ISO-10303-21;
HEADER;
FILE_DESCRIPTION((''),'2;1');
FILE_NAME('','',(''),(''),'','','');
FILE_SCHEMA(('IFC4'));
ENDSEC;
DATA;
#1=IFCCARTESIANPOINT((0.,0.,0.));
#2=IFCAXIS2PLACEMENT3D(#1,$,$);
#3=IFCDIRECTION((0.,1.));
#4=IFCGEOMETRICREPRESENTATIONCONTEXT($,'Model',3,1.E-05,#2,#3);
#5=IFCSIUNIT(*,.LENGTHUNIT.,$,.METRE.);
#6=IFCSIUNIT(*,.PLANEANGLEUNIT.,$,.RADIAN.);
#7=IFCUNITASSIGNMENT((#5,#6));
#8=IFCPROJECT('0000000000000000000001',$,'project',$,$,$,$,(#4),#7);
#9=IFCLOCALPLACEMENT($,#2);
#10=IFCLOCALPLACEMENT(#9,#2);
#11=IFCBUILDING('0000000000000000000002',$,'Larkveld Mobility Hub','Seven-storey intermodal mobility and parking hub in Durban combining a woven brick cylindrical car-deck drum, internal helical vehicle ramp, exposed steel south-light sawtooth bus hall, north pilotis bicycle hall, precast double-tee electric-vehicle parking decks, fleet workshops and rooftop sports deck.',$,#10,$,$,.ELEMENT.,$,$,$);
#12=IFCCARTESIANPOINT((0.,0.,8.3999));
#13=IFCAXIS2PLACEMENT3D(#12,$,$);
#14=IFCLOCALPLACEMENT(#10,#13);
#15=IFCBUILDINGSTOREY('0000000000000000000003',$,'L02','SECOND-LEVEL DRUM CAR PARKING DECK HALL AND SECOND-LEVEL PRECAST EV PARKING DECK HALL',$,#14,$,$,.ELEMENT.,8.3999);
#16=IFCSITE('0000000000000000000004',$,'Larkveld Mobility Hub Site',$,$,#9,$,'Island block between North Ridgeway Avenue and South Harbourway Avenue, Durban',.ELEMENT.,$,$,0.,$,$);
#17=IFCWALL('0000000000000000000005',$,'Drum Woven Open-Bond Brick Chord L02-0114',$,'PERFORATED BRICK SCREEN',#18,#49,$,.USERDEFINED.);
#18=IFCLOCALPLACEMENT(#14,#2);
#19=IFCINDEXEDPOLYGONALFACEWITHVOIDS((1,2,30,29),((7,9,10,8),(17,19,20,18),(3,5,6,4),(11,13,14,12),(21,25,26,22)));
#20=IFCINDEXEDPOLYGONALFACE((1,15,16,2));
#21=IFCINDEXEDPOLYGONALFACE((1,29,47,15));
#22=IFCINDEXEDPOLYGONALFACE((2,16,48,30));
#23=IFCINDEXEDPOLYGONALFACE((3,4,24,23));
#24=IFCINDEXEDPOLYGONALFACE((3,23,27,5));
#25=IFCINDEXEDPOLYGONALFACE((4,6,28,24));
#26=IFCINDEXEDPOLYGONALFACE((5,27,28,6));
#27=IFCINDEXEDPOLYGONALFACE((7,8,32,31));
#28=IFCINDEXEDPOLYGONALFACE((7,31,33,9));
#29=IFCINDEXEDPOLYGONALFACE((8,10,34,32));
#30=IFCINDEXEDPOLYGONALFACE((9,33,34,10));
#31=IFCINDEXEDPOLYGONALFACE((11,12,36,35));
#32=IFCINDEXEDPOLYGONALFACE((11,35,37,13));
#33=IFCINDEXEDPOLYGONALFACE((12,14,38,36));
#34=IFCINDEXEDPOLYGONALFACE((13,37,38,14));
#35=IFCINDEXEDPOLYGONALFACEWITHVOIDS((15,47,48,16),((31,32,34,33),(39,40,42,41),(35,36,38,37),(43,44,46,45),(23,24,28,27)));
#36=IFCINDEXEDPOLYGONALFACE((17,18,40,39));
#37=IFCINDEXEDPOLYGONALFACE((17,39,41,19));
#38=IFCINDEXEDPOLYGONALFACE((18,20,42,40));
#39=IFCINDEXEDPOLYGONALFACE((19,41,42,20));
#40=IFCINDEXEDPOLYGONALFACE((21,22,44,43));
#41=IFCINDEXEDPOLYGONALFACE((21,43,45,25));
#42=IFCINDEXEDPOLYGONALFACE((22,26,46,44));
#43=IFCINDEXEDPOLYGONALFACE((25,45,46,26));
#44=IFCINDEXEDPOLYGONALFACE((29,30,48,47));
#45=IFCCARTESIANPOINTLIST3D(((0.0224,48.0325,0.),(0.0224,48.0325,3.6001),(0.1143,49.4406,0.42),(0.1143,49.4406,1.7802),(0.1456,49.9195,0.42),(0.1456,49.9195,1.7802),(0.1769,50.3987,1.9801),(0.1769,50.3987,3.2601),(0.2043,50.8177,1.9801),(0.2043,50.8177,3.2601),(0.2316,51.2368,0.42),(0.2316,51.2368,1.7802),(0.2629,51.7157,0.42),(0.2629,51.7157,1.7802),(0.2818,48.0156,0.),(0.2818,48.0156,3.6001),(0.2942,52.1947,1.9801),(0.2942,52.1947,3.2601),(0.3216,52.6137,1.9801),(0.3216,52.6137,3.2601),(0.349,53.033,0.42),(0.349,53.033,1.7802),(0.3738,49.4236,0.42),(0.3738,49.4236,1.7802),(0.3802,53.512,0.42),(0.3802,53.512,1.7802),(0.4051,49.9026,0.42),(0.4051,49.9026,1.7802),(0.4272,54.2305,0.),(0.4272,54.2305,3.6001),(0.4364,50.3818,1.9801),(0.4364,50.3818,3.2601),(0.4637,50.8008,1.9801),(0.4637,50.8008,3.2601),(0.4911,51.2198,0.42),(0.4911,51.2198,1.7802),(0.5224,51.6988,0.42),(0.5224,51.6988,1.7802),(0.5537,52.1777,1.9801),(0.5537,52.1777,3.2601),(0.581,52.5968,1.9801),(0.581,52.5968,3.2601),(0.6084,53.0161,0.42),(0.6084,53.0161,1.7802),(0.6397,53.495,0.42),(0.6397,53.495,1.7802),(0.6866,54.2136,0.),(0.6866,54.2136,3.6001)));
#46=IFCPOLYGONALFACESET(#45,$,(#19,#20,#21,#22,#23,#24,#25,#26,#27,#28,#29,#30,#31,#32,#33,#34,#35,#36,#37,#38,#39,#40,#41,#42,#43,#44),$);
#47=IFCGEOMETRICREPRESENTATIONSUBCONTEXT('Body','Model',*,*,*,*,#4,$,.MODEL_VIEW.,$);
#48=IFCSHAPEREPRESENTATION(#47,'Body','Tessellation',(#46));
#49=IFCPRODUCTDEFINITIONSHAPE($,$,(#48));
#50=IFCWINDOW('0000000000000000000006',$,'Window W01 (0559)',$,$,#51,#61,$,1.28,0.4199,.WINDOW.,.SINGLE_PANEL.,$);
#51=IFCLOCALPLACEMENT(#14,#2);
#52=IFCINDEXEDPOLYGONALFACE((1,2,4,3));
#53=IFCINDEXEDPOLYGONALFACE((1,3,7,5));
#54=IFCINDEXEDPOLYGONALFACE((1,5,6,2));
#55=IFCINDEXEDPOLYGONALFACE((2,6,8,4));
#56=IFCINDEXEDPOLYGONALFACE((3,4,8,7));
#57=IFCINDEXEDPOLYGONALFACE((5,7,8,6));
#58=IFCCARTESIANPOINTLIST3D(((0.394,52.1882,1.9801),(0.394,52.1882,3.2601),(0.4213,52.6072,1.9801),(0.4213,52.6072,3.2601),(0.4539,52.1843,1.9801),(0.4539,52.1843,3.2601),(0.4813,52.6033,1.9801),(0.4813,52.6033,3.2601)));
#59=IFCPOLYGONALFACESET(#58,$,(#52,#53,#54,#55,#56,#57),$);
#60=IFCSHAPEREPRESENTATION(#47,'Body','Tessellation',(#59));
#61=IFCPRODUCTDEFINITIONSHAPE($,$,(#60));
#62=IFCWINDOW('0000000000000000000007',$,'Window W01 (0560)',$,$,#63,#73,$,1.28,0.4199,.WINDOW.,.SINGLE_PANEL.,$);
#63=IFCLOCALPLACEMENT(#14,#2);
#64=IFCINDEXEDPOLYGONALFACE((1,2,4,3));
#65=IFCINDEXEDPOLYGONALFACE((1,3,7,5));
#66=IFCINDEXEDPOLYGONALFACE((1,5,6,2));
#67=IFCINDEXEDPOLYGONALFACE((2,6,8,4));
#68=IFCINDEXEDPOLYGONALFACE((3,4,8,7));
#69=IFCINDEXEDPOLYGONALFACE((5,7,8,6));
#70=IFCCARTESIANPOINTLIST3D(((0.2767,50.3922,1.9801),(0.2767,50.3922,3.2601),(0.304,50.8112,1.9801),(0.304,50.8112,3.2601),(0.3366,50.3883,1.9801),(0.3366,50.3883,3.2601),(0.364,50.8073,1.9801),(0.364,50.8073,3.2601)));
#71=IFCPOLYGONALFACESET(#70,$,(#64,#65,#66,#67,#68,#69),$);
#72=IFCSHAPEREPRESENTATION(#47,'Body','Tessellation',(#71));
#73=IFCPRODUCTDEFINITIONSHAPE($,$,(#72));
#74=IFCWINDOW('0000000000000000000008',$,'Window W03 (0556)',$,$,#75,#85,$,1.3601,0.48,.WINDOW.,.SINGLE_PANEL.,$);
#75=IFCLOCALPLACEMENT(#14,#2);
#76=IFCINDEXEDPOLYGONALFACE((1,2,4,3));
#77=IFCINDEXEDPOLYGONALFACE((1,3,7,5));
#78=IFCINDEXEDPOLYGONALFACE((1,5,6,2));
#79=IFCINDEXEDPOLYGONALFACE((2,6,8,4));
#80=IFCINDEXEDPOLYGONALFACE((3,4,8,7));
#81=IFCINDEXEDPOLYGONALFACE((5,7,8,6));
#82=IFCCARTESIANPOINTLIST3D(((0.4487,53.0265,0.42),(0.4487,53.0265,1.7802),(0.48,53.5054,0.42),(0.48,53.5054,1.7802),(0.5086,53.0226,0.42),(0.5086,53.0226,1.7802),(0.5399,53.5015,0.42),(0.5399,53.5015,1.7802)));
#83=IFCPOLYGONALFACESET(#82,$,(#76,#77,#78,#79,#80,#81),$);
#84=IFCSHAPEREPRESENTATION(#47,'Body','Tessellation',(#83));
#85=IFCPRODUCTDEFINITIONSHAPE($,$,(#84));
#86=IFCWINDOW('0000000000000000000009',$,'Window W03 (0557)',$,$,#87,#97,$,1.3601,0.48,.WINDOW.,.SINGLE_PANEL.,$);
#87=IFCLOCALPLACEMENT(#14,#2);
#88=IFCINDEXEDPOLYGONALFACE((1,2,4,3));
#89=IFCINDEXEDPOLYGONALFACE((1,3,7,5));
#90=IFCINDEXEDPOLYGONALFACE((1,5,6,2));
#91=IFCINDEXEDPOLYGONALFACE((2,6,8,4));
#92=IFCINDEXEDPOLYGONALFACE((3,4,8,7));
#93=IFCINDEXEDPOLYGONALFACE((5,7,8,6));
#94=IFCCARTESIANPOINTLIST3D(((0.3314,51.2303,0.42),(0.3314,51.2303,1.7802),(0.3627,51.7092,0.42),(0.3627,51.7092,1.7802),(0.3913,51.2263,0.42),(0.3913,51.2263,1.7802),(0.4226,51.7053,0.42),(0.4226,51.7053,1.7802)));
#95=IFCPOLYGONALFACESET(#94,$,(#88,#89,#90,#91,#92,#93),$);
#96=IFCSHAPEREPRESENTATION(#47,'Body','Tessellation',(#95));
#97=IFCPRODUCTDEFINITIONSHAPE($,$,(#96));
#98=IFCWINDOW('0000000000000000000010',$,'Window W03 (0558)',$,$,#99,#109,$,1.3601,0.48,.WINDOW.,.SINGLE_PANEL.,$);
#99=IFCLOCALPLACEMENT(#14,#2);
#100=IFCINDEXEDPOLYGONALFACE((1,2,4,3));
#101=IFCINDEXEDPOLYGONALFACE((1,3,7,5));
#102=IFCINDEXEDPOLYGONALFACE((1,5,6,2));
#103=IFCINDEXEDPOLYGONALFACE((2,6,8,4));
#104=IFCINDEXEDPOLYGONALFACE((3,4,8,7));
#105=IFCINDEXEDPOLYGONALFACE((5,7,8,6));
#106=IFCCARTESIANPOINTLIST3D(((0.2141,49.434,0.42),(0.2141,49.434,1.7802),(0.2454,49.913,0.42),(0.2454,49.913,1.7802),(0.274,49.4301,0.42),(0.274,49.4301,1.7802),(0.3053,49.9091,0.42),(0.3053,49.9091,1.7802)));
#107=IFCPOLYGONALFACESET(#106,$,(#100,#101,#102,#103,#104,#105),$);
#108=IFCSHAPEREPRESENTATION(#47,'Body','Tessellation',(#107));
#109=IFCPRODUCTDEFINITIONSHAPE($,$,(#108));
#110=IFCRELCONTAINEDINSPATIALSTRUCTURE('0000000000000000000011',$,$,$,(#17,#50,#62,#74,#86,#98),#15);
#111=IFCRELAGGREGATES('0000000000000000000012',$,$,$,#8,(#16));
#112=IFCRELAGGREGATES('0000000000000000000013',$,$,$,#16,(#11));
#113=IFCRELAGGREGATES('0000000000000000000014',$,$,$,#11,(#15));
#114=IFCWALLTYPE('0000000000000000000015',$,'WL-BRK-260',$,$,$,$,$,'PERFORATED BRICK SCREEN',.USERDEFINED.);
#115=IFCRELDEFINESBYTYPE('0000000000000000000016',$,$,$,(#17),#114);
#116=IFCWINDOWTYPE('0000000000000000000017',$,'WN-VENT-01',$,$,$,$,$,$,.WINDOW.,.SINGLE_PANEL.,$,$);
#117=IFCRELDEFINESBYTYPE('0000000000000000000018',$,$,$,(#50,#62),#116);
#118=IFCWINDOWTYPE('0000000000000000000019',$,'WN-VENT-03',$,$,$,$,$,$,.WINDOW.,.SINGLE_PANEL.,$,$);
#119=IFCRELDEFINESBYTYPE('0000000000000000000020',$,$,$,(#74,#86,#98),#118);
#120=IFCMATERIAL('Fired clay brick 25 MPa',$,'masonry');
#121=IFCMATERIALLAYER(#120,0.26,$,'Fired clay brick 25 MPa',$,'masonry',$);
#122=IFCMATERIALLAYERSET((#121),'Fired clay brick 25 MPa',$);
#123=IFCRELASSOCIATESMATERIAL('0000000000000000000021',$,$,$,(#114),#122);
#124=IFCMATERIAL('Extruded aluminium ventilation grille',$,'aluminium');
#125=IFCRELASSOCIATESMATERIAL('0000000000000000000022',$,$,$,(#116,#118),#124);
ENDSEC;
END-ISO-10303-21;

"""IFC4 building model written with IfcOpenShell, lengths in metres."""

from ifc_helpers import new_model, si_unit, direction, frame, frame_2d, origin, place, context, subcontext, project, spatial, rectangle, extrude, material, layer, layer_set, type_object, element, fill, save


model = new_model("IFC4")

# Units and contexts
model_context = context("Model", 3, precision=1e-05, world=origin(), true_north=direction((0.0, 1.0)))
body_context = subcontext(model_context, "Body", "Model", "MODEL_VIEW")
ifc_project = project(units=[si_unit("LENGTHUNIT", "METRE"), si_unit("PLANEANGLEUNIT", "RADIAN")], contexts=[model_context])

# Site, building, storey
site_placement = place(None, origin())
site = spatial("IfcSite", under=ifc_project, at=site_placement, Name="Larkveld Mobility Hub Site", LongName="Island block between North Ridgeway Avenue and South Harbourway Avenue, Durban", CompositionType="ELEMENT", RefElevation=0.0)
building_placement = place(site_placement, origin())
building = spatial("IfcBuilding", under=site, at=building_placement, Name="Larkveld Mobility Hub", Description="Seven-storey intermodal mobility and parking hub in Durban combining a woven brick cylindrical car-deck drum, internal helical vehicle ramp, exposed steel south-light sawtooth bus hall, north pilotis bicycle hall, precast double-tee electric-vehicle parking decks, fleet workshops and rooftop sports deck.", CompositionType="ELEMENT")
storey_placement = place(building_placement, frame((0.0, 0.0, 8.3999)))
storey = spatial("IfcBuildingStorey", under=building, at=storey_placement, Name="L02", Description="SECOND-LEVEL DRUM CAR PARKING DECK HALL AND SECOND-LEVEL PRECAST EV PARKING DECK HALL", CompositionType="ELEMENT", Elevation=8.3999)

# Wall, openings, windows
ifc_material_1 = material(Name="Fired clay brick 25 MPa", Category="masonry")
ifc_layer_1 = layer(ifc_material_1, 0.26, Name="Fired clay brick 25 MPa", Category="masonry")
ifc_layer_set_1 = layer_set([ifc_layer_1], Name="Fired clay brick 25 MPa")
wall_type_1 = type_object("IfcWallType", Name="WL-BRK-260", ElementType="PERFORATED BRICK SCREEN", PredefinedType="USERDEFINED", material=ifc_layer_set_1)
wall_1_placement = place(storey_placement, frame((0.5569, 54.2219, 0.0), z_axis=(0.0, 0.0, 1.0), x_axis=(-0.06517, -0.997874, 0.0)))
wall_1 = element("IfcWall", 1, at=wall_1_placement, inside=storey, type_object=wall_type_1, Name="Drum Woven Open-Bond Brick Chord L02-0114", ObjectType="PERFORATED BRICK SCREEN", PredefinedType="USERDEFINED", context=body_context, shape_type="SweptSolid", body=[
    extrude(rectangle(XDim=6.2112, YDim=0.26, at=frame_2d((3.1055, 0.0))), origin(), (0.0, 0.0, 1.0), 3.6001),
])
opening_1_placement = place(wall_1_placement, frame((0.72, 0.0, 0.4199)))
opening_1 = element("IfcOpeningElement", 2, at=opening_1_placement, cuts=wall_1, PredefinedType="OPENING", context=body_context, shape_type="SweptSolid", body=[
    extrude(rectangle(XDim=0.48, YDim=1.3601, at=frame_2d((0.24, 0.6802))), frame((0.0, 0.1401, 0.0), z_axis=(0.0, -1.0, 0.0), x_axis=(1.0, 0.0, 0.0)), (0.0, 0.0, 1.0), 0.28),
])
opening_2_placement = place(wall_1_placement, frame((2.52, 0.0, 0.4199)))
opening_2 = element("IfcOpeningElement", 3, at=opening_2_placement, cuts=wall_1, PredefinedType="OPENING", context=body_context, shape_type="SweptSolid", body=[
    extrude(rectangle(XDim=0.48, YDim=1.3601, at=frame_2d((0.24, 0.6802))), frame((0.0, 0.1401, 0.0), z_axis=(0.0, -1.0, 0.0), x_axis=(1.0, 0.0, 0.0)), (0.0, 0.0, 1.0), 0.28),
])
opening_3_placement = place(wall_1_placement, frame((4.3201, 0.0, 0.4199)))
opening_3 = element("IfcOpeningElement", 4, at=opening_3_placement, cuts=wall_1, PredefinedType="OPENING", context=body_context, shape_type="SweptSolid", body=[
    extrude(rectangle(XDim=0.48, YDim=1.3601, at=frame_2d((0.24, 0.6802))), frame((0.0, 0.1401, 0.0), z_axis=(0.0, -1.0, 0.0), x_axis=(1.0, 0.0, 0.0)), (0.0, 0.0, 1.0), 0.28),
])
opening_4_placement = place(wall_1_placement, frame((1.6201, 0.0, 1.98)))
opening_4 = element("IfcOpeningElement", 5, at=opening_4_placement, cuts=wall_1, PredefinedType="OPENING", context=body_context, shape_type="SweptSolid", body=[
    extrude(rectangle(XDim=0.4199, YDim=1.28, at=frame_2d((0.21, 0.6401))), frame((0.0, 0.1401, 0.0), z_axis=(0.0, -1.0, 0.0), x_axis=(1.0, 0.0, 0.0)), (0.0, 0.0, 1.0), 0.28),
])
opening_5_placement = place(wall_1_placement, frame((3.4199, 0.0, 1.98)))
opening_5 = element("IfcOpeningElement", 6, at=opening_5_placement, cuts=wall_1, PredefinedType="OPENING", context=body_context, shape_type="SweptSolid", body=[
    extrude(rectangle(XDim=0.4199, YDim=1.28, at=frame_2d((0.21, 0.6401))), frame((0.0, 0.1401, 0.0), z_axis=(0.0, -1.0, 0.0), x_axis=(1.0, 0.0, 0.0)), (0.0, 0.0, 1.0), 0.28),
])
ifc_material_2 = material(Name="Extruded aluminium ventilation grille", Category="aluminium")
window_type_1 = type_object("IfcWindowType", Name="WN-VENT-01", PartitioningType="SINGLE_PANEL", PredefinedType="WINDOW", material=ifc_material_2)
window_1_placement = place(opening_4_placement, origin())
window_1 = element("IfcWindow", 7, at=window_1_placement, inside=storey, type_object=window_type_1, Name="Window W01 (0559)", OverallHeight=1.28, OverallWidth=0.4199, PartitioningType="SINGLE_PANEL", PredefinedType="WINDOW", context=body_context, shape_type="SweptSolid", body=[
    extrude(rectangle(XDim=0.4199, YDim=1.28, at=frame_2d((0.21, 0.6401))), frame((0.0, 0.03, 0.0), z_axis=(0.0, -1.0, 0.0), x_axis=(1.0, 0.0, 0.0)), (0.0, 0.0, 1.0), 0.0601),
])
fill(opening_4, window_1)
window_2_placement = place(opening_5_placement, origin())
window_2 = element("IfcWindow", 8, at=window_2_placement, inside=storey, type_object=window_type_1, Name="Window W01 (0560)", OverallHeight=1.28, OverallWidth=0.4199, PartitioningType="SINGLE_PANEL", PredefinedType="WINDOW", context=body_context, shape_type="SweptSolid", body=[
    extrude(rectangle(XDim=0.4199, YDim=1.28, at=frame_2d((0.21, 0.6401))), frame((0.0, 0.03, 0.0), z_axis=(0.0, -1.0, 0.0), x_axis=(1.0, 0.0, 0.0)), (0.0, 0.0, 1.0), 0.0601),
])
fill(opening_5, window_2)
window_type_2 = type_object("IfcWindowType", Name="WN-VENT-03", PartitioningType="SINGLE_PANEL", PredefinedType="WINDOW", material=ifc_material_2)
window_3_placement = place(opening_1_placement, origin())
window_3 = element("IfcWindow", 9, at=window_3_placement, inside=storey, type_object=window_type_2, Name="Window W03 (0556)", OverallHeight=1.3601, OverallWidth=0.48, PartitioningType="SINGLE_PANEL", PredefinedType="WINDOW", context=body_context, shape_type="SweptSolid", body=[
    extrude(rectangle(XDim=0.48, YDim=1.3601, at=frame_2d((0.24, 0.6802))), frame((0.0, 0.03, 0.0), z_axis=(0.0, -1.0, 0.0), x_axis=(1.0, 0.0, 0.0)), (0.0, 0.0, 1.0), 0.0601),
])
fill(opening_1, window_3)
window_4_placement = place(opening_2_placement, origin())
window_4 = element("IfcWindow", 10, at=window_4_placement, inside=storey, type_object=window_type_2, Name="Window W03 (0557)", OverallHeight=1.3601, OverallWidth=0.48, PartitioningType="SINGLE_PANEL", PredefinedType="WINDOW", context=body_context, shape_type="SweptSolid", body=[
    extrude(rectangle(XDim=0.48, YDim=1.3601, at=frame_2d((0.24, 0.6802))), frame((0.0, 0.03, 0.0), z_axis=(0.0, -1.0, 0.0), x_axis=(1.0, 0.0, 0.0)), (0.0, 0.0, 1.0), 0.0601),
])
fill(opening_2, window_4)
window_5_placement = place(opening_3_placement, origin())
window_5 = element("IfcWindow", 11, at=window_5_placement, inside=storey, type_object=window_type_2, Name="Window W03 (0558)", OverallHeight=1.3601, OverallWidth=0.48, PartitioningType="SINGLE_PANEL", PredefinedType="WINDOW", context=body_context, shape_type="SweptSolid", body=[
    extrude(rectangle(XDim=0.48, YDim=1.3601, at=frame_2d((0.24, 0.6802))), frame((0.0, 0.03, 0.0), z_axis=(0.0, -1.0, 0.0), x_axis=(1.0, 0.0, 0.0)), (0.0, 0.0, 1.0), 0.0601),
])
fill(opening_3, window_5)

save(model, "model.ifc")
